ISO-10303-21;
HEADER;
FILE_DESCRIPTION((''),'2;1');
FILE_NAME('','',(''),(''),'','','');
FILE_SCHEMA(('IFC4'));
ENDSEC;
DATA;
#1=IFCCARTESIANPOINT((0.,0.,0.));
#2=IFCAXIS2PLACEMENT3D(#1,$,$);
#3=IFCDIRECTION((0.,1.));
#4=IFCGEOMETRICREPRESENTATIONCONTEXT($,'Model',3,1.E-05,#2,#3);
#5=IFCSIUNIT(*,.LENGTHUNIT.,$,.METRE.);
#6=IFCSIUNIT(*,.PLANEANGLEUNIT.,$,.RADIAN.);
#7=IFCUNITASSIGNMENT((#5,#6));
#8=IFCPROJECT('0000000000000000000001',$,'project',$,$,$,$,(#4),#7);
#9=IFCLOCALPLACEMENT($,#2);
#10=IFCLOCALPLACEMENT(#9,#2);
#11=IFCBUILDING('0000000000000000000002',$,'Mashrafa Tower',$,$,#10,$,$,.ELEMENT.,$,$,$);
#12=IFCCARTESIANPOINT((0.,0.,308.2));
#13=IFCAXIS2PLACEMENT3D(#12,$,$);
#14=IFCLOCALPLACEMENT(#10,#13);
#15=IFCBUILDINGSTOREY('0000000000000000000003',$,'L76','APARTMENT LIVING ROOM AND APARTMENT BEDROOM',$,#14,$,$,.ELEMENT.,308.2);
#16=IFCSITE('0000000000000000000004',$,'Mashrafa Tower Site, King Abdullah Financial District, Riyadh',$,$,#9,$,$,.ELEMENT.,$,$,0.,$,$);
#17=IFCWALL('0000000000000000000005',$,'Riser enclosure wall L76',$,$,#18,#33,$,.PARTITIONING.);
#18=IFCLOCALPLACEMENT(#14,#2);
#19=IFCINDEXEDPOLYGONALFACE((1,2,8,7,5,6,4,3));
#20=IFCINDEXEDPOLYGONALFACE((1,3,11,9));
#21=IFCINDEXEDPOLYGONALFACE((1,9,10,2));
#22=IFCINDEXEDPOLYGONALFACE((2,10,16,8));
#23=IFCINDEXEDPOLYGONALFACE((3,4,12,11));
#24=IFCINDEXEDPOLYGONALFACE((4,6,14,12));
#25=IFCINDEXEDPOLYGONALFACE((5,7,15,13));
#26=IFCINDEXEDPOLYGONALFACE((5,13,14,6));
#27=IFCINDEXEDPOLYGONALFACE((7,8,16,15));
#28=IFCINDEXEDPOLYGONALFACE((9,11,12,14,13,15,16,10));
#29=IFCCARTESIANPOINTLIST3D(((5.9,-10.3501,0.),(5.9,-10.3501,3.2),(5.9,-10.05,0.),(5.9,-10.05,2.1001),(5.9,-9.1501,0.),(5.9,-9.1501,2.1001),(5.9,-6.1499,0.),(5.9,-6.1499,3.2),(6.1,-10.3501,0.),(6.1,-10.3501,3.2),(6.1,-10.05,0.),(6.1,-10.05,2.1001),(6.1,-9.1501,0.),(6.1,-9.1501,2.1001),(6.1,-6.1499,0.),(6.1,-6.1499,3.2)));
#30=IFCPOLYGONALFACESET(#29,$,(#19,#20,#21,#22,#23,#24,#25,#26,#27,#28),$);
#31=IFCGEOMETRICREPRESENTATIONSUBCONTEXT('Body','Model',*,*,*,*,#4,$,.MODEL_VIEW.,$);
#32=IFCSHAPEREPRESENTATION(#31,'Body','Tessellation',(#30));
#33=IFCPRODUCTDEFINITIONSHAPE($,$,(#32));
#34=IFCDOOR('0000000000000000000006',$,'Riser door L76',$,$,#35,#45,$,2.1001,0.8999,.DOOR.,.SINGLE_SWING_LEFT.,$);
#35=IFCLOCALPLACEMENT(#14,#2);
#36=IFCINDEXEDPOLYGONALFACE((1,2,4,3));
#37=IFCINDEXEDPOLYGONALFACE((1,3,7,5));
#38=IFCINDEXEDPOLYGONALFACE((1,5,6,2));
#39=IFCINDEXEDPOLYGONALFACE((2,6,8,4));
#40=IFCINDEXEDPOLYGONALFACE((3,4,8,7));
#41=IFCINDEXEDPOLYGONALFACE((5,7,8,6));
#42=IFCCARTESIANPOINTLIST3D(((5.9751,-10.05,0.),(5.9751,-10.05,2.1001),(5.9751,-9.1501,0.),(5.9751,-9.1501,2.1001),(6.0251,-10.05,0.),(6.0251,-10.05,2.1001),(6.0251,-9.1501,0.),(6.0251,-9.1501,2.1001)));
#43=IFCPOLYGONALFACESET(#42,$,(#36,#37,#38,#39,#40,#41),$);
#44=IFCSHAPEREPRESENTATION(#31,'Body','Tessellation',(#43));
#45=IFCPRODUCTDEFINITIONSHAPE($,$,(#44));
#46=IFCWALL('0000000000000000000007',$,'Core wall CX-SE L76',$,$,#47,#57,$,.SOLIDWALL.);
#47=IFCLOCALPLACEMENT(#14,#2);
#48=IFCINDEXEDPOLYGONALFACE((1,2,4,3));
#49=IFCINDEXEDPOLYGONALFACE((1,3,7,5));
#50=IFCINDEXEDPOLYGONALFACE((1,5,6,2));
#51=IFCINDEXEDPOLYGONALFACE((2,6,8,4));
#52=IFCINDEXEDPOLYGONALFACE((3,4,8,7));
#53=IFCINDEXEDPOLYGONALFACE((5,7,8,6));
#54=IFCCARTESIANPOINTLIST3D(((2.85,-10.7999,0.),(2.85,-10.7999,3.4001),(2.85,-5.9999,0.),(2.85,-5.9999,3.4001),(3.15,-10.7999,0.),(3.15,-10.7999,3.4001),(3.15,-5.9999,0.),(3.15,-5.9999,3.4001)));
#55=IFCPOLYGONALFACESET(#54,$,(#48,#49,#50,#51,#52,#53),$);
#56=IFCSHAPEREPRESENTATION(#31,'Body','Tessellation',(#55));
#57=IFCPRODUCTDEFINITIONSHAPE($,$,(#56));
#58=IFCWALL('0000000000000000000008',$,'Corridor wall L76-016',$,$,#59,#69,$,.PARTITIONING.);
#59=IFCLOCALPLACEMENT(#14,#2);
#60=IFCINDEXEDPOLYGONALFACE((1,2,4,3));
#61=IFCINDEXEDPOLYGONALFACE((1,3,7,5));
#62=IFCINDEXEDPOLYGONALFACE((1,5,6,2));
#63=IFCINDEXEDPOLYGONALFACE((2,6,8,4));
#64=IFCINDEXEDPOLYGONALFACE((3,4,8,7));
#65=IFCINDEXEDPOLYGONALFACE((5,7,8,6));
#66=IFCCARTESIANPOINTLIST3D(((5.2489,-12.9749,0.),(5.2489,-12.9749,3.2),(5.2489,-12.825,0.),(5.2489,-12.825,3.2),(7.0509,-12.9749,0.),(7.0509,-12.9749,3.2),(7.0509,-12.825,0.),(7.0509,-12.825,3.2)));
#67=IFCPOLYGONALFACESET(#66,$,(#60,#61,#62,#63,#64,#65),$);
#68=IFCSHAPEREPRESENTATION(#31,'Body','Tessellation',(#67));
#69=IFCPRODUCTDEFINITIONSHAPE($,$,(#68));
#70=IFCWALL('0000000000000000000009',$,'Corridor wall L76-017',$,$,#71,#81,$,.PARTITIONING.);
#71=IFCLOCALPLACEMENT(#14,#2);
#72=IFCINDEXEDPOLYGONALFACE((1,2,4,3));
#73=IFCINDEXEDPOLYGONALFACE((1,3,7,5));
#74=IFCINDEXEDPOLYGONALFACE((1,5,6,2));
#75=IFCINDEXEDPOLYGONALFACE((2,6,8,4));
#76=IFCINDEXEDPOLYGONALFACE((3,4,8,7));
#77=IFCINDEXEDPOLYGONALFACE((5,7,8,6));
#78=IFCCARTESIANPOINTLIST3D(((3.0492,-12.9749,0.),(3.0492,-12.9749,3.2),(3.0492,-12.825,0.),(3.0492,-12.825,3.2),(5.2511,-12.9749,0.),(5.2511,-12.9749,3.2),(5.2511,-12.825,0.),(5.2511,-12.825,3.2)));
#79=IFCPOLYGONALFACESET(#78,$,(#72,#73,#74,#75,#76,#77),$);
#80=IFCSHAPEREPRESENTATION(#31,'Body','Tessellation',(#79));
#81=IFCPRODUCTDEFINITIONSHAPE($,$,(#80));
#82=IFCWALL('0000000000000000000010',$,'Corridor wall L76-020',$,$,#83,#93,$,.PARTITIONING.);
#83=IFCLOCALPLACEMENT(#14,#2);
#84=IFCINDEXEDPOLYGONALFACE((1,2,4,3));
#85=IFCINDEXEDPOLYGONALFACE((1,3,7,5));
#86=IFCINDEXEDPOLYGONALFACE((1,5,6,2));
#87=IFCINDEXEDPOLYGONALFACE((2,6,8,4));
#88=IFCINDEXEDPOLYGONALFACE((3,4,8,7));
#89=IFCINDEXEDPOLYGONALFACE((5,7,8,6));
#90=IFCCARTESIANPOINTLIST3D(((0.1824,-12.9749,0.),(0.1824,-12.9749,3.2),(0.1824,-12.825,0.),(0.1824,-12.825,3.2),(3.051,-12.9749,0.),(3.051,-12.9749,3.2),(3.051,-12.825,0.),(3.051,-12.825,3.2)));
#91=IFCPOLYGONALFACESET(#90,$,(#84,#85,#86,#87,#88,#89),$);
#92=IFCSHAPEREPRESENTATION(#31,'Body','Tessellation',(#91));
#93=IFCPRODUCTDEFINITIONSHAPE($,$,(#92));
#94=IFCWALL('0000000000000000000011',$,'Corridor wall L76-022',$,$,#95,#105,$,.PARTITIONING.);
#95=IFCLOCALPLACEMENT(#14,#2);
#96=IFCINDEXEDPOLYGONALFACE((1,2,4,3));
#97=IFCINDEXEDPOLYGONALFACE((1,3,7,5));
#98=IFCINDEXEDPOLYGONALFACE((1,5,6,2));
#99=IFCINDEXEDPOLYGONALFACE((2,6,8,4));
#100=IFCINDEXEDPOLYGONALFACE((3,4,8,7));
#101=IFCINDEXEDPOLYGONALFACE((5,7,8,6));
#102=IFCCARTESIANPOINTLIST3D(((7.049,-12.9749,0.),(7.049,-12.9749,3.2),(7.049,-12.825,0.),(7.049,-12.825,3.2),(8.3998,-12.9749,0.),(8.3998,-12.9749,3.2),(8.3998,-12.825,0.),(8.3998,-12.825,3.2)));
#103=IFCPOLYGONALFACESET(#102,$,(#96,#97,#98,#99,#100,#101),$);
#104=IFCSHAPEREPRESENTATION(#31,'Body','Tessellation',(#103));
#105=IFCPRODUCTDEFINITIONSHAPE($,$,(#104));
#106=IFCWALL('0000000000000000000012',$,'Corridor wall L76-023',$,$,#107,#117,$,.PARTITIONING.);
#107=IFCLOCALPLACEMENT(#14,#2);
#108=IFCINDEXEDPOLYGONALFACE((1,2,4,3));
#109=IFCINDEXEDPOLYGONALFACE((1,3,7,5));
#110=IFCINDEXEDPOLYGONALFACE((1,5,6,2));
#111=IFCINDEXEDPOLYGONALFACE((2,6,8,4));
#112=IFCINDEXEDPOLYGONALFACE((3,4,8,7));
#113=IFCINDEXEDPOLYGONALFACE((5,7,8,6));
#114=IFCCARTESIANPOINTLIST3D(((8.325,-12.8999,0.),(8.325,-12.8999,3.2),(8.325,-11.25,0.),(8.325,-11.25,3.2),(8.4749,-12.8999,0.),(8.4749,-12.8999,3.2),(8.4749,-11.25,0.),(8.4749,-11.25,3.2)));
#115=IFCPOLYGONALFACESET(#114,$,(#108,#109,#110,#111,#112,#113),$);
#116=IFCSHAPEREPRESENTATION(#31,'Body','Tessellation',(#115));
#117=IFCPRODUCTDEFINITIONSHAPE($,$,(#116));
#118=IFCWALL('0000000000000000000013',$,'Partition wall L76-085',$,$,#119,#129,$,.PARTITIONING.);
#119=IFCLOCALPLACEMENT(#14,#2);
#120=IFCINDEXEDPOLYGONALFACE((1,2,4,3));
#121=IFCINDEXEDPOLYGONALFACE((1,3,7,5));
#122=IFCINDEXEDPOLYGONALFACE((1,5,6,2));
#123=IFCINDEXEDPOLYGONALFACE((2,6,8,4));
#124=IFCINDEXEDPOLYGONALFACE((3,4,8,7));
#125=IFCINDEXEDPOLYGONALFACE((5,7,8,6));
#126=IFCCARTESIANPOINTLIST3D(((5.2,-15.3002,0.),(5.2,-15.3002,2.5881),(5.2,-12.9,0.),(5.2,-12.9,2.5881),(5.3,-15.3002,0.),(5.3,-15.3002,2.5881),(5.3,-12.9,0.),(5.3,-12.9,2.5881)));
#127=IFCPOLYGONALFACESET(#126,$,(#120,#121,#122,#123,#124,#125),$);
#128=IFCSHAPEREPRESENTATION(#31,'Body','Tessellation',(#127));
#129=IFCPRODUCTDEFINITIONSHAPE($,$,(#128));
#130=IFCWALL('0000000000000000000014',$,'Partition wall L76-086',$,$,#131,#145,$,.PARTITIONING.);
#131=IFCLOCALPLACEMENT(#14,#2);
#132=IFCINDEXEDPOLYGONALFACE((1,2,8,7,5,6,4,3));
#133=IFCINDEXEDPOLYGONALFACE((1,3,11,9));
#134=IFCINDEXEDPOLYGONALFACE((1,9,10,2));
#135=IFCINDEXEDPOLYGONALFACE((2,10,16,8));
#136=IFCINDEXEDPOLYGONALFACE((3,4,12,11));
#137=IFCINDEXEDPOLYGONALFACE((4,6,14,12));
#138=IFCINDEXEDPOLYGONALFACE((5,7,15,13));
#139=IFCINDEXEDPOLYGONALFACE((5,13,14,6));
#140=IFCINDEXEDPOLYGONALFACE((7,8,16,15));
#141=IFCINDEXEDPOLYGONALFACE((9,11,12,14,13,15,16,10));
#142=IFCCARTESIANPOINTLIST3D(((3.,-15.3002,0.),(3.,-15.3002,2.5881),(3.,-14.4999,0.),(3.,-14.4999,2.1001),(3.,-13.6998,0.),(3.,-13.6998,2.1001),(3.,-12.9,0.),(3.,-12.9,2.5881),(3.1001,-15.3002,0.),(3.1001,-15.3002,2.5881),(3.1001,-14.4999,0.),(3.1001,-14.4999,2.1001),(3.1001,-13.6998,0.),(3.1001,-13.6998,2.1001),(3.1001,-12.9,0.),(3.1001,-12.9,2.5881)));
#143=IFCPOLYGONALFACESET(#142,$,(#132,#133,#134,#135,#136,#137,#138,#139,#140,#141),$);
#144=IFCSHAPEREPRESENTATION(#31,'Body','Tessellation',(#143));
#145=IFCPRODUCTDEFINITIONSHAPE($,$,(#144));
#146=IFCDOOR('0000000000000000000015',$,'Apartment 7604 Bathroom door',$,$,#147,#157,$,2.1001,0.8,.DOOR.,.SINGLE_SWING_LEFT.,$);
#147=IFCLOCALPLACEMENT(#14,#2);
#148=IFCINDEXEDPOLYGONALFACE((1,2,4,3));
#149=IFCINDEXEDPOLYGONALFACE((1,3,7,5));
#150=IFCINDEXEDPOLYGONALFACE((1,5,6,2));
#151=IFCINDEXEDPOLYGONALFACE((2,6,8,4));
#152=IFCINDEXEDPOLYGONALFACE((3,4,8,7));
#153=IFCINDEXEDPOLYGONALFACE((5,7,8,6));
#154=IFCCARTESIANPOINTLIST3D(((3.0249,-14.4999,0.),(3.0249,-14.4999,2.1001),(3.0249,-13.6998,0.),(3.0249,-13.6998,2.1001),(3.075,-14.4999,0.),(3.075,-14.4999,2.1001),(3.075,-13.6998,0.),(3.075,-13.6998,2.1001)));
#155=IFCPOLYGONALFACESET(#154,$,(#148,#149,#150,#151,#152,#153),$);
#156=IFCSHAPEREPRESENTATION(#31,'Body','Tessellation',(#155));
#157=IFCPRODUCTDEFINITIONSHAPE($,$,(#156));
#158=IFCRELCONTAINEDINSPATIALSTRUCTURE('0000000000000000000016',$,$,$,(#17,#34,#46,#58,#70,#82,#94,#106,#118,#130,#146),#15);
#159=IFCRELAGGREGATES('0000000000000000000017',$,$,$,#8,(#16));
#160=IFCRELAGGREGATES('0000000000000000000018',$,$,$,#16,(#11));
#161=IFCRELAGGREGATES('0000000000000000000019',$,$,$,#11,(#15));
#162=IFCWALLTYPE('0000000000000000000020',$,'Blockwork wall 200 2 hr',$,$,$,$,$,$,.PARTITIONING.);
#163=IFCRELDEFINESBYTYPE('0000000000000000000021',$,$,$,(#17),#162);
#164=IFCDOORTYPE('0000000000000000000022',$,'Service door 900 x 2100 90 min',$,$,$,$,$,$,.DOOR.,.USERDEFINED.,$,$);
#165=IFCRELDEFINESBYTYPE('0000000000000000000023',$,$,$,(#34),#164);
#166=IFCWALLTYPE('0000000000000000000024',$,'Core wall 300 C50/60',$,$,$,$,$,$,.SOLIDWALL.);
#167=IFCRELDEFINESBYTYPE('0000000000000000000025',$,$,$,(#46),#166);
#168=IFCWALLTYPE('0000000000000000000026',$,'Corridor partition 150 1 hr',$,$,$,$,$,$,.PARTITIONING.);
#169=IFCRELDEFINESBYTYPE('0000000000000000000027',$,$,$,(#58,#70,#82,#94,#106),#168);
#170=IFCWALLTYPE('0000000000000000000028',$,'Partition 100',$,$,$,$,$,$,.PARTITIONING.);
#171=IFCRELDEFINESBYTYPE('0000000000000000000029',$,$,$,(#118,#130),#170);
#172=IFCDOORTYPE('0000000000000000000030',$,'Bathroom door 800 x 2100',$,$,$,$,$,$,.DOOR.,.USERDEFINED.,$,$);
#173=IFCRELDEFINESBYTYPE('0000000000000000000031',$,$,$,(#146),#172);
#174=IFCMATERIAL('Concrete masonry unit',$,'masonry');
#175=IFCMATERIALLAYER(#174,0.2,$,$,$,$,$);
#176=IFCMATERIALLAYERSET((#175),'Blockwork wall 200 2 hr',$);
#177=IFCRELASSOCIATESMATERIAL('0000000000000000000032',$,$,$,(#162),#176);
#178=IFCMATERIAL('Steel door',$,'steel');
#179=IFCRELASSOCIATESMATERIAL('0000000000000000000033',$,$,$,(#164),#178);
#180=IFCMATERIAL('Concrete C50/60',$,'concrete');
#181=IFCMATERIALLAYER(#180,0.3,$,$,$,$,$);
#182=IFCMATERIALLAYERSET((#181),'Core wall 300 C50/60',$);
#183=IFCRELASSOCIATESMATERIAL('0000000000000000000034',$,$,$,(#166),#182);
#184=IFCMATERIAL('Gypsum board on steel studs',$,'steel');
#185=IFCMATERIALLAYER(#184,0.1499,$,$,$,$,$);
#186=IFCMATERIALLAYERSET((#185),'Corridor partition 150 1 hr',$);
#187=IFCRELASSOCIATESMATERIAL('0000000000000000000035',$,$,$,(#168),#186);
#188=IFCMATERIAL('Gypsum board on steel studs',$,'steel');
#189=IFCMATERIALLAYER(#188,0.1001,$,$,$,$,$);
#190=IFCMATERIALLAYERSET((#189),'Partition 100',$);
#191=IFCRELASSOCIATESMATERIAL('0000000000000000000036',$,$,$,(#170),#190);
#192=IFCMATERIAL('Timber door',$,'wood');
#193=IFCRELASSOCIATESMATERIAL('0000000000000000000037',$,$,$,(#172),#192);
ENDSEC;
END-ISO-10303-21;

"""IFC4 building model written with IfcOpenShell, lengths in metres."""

from ifc_helpers import new_model, si_unit, direction, frame, frame_2d, origin, place, context, subcontext, project, spatial, rectangle, extrude, material, layer, layer_set, type_object, element, fill, save


model = new_model("IFC4")

# Units and contexts
model_context = context("Model", 3, precision=1e-05, world=origin(), true_north=direction((0.0, 1.0)))
body_context = subcontext(model_context, "Body", "Model", "MODEL_VIEW")
ifc_project = project(units=[si_unit("LENGTHUNIT", "METRE"), si_unit("PLANEANGLEUNIT", "RADIAN")], contexts=[model_context])

# Site, building, storey
site_placement = place(None, origin())
site = spatial("IfcSite", under=ifc_project, at=site_placement, Name="Mashrafa Tower Site, King Abdullah Financial District, Riyadh", CompositionType="ELEMENT", RefElevation=0.0)
building_placement = place(site_placement, origin())
building = spatial("IfcBuilding", under=site, at=building_placement, Name="Mashrafa Tower", CompositionType="ELEMENT")
storey_placement = place(building_placement, frame((0.0, 0.0, 308.2)))
storey = spatial("IfcBuildingStorey", under=building, at=storey_placement, Name="L76", Description="APARTMENT LIVING ROOM AND APARTMENT BEDROOM", CompositionType="ELEMENT", Elevation=308.2)

# Wall, opening, door
ifc_material_1 = material(Name="Concrete masonry unit", Category="masonry")
ifc_layer_1 = layer(ifc_material_1, 0.2)
ifc_layer_set_1 = layer_set([ifc_layer_1], Name="Blockwork wall 200 2 hr")
wall_type_1 = type_object("IfcWallType", Name="Blockwork wall 200 2 hr", PredefinedType="PARTITIONING", material=ifc_layer_set_1)
wall_1_placement = place(storey_placement, frame((6.0, -10.3501, 0.0), z_axis=(0.0, 0.0, 1.0), x_axis=(0.0, 1.0, 0.0)))
wall_1 = element("IfcWall", 1, at=wall_1_placement, inside=storey, type_object=wall_type_1, Name="Riser enclosure wall L76", PredefinedType="PARTITIONING", context=body_context, shape_type="SweptSolid", body=[
    extrude(rectangle(XDim=4.2002, YDim=0.2, at=frame_2d((2.1001, 0.0))), origin(), (0.0, 0.0, 1.0), 3.2),
])
opening_1_placement = place(wall_1_placement, frame((0.3, 0.0, 0.0)))
opening_1 = element("IfcOpeningElement", 2, at=opening_1_placement, cuts=wall_1, PredefinedType="OPENING", context=body_context, shape_type="SweptSolid", body=[
    extrude(rectangle(XDim=0.8999, YDim=2.1001, at=frame_2d((0.45, 1.05))), frame((0.0, 0.1099, 0.0), z_axis=(0.0, -1.0, 0.0), x_axis=(1.0, 0.0, 0.0)), (0.0, 0.0, 1.0), 0.22),
])
ifc_material_2 = material(Name="Steel door", Category="steel")
door_type_1 = type_object("IfcDoorType", Name="Service door 900 x 2100 90 min", OperationType="USERDEFINED", PredefinedType="DOOR", material=ifc_material_2)
door_1_placement = place(opening_1_placement, origin())
door_1 = element("IfcDoor", 3, at=door_1_placement, inside=storey, type_object=door_type_1, Name="Riser door L76", OperationType="SINGLE_SWING_LEFT", OverallHeight=2.1001, OverallWidth=0.8999, PredefinedType="DOOR", context=body_context, shape_type="SweptSolid", body=[
    extrude(rectangle(XDim=0.8999, YDim=2.1001, at=frame_2d((0.45, 1.05))), frame((0.0, 0.0249, 0.0), z_axis=(0.0, -1.0, 0.0), x_axis=(1.0, 0.0, 0.0)), (0.0, 0.0, 1.0), 0.05),
])
fill(opening_1, door_1)

# Walls
ifc_material_3 = material(Name="Concrete C50/60", Category="concrete")
ifc_layer_2 = layer(ifc_material_3, 0.3)
ifc_layer_set_2 = layer_set([ifc_layer_2], Name="Core wall 300 C50/60")
wall_type_2 = type_object("IfcWallType", Name="Core wall 300 C50/60", PredefinedType="SOLIDWALL", material=ifc_layer_set_2)
wall_2_placement = place(storey_placement, frame((3.0, -6.0, 0.0), z_axis=(0.0, 0.0, 1.0), x_axis=(0.0, -1.0, 0.0)))
element("IfcWall", 4, at=wall_2_placement, inside=storey, type_object=wall_type_2, Name="Core wall CX-SE L76", PredefinedType="SOLIDWALL", context=body_context, shape_type="SweptSolid", body=[
    extrude(rectangle(XDim=4.8, YDim=0.3, at=frame_2d((2.3999, 0.0))), origin(), (0.0, 0.0, 1.0), 3.4001),
])
ifc_material_4 = material(Name="Gypsum board on steel studs", Category="steel")
ifc_layer_3 = layer(ifc_material_4, 0.1499)
ifc_layer_set_3 = layer_set([ifc_layer_3], Name="Corridor partition 150 1 hr")
wall_type_3 = type_object("IfcWallType", Name="Corridor partition 150 1 hr", PredefinedType="PARTITIONING", material=ifc_layer_set_3)
wall_3_placement = place(storey_placement, frame((5.249, -12.8999, 0.0), z_axis=(0.0, 0.0, 1.0), x_axis=(1.0, 0.0, 0.0)))
element("IfcWall", 5, at=wall_3_placement, inside=storey, type_object=wall_type_3, Name="Corridor wall L76-016", PredefinedType="PARTITIONING", context=body_context, shape_type="SweptSolid", body=[
    extrude(rectangle(XDim=1.802, YDim=0.1499, at=frame_2d((0.9009, 0.0))), origin(), (0.0, 0.0, 1.0), 3.2),
])
wall_4_placement = place(storey_placement, frame((3.0491, -12.8999, 0.0), z_axis=(0.0, 0.0, 1.0), x_axis=(1.0, 0.0, 0.0)))
element("IfcWall", 6, at=wall_4_placement, inside=storey, type_object=wall_type_3, Name="Corridor wall L76-017", PredefinedType="PARTITIONING", context=body_context, shape_type="SweptSolid", body=[
    extrude(rectangle(XDim=2.2019, YDim=0.1499, at=frame_2d((1.1011, 0.0))), origin(), (0.0, 0.0, 1.0), 3.2),
])
wall_5_placement = place(storey_placement, frame((0.1824, -12.8999, 0.0), z_axis=(0.0, 0.0, 1.0), x_axis=(1.0, 0.0, 0.0)))
element("IfcWall", 7, at=wall_5_placement, inside=storey, type_object=wall_type_3, Name="Corridor wall L76-020", PredefinedType="PARTITIONING", context=body_context, shape_type="SweptSolid", body=[
    extrude(rectangle(XDim=2.8687, YDim=0.1499, at=frame_2d((1.4343, 0.0))), origin(), (0.0, 0.0, 1.0), 3.2),
])
wall_6_placement = place(storey_placement, frame((7.0491, -12.8999, 0.0), z_axis=(0.0, 0.0, 1.0), x_axis=(1.0, 0.0, 0.0)))
element("IfcWall", 8, at=wall_6_placement, inside=storey, type_object=wall_type_3, Name="Corridor wall L76-022", PredefinedType="PARTITIONING", context=body_context, shape_type="SweptSolid", body=[
    extrude(rectangle(XDim=1.3508, YDim=0.1499, at=frame_2d((0.6753, 0.0))), origin(), (0.0, 0.0, 1.0), 3.2),
])
wall_7_placement = place(storey_placement, frame((8.3999, -12.8999, 0.0), z_axis=(0.0, 0.0, 1.0), x_axis=(0.0, 1.0, 0.0)))
element("IfcWall", 9, at=wall_7_placement, inside=storey, type_object=wall_type_3, Name="Corridor wall L76-023", PredefinedType="PARTITIONING", context=body_context, shape_type="SweptSolid", body=[
    extrude(rectangle(XDim=1.6499, YDim=0.1499, at=frame_2d((0.825, 0.0))), origin(), (0.0, 0.0, 1.0), 3.2),
])
ifc_material_5 = material(Name="Gypsum board on steel studs", Category="steel")
ifc_layer_4 = layer(ifc_material_5, 0.1001)
ifc_layer_set_4 = layer_set([ifc_layer_4], Name="Partition 100")
wall_type_4 = type_object("IfcWallType", Name="Partition 100", PredefinedType="PARTITIONING", material=ifc_layer_set_4)
wall_8_placement = place(storey_placement, frame((5.25, -12.8999, 0.0), z_axis=(0.0, 0.0, 1.0), x_axis=(0.0, -1.0, 0.0)))
element("IfcWall", 10, at=wall_8_placement, inside=storey, type_object=wall_type_4, Name="Partition wall L76-085", PredefinedType="PARTITIONING", context=body_context, shape_type="SweptSolid", body=[
    extrude(rectangle(XDim=2.4001, YDim=0.1001, at=frame_2d((1.2002, 0.0))), origin(), (0.0, 0.0, 1.0), 2.5881),
])

# Wall, opening, door
wall_9_placement = place(storey_placement, frame((3.05, -12.8999, 0.0), z_axis=(0.0, 0.0, 1.0), x_axis=(0.0, -1.0, 0.0)))
wall_9 = element("IfcWall", 11, at=wall_9_placement, inside=storey, type_object=wall_type_4, Name="Partition wall L76-086", PredefinedType="PARTITIONING", context=body_context, shape_type="SweptSolid", body=[
    extrude(rectangle(XDim=2.4001, YDim=0.1001, at=frame_2d((1.2002, 0.0))), origin(), (0.0, 0.0, 1.0), 2.5881),
])
opening_2_placement = place(wall_9_placement, frame((0.8, 0.0, 0.0)))
opening_2 = element("IfcOpeningElement", 12, at=opening_2_placement, cuts=wall_9, PredefinedType="OPENING", context=body_context, shape_type="SweptSolid", body=[
    extrude(rectangle(XDim=0.8, YDim=2.1001, at=frame_2d((0.3999, 1.05))), frame((0.0, 0.0601, 0.0), z_axis=(0.0, -1.0, 0.0), x_axis=(1.0, 0.0, 0.0)), (0.0, 0.0, 1.0), 0.1201),
])
ifc_material_6 = material(Name="Timber door", Category="wood")
door_type_2 = type_object("IfcDoorType", Name="Bathroom door 800 x 2100", OperationType="USERDEFINED", PredefinedType="DOOR", material=ifc_material_6)
door_2_placement = place(opening_2_placement, origin())
door_2 = element("IfcDoor", 13, at=door_2_placement, inside=storey, type_object=door_type_2, Name="Apartment 7604 Bathroom door", OperationType="SINGLE_SWING_LEFT", OverallHeight=2.1001, OverallWidth=0.8, PredefinedType="DOOR", context=body_context, shape_type="SweptSolid", body=[
    extrude(rectangle(XDim=0.8, YDim=2.1001, at=frame_2d((0.3999, 1.05))), frame((0.0, 0.0249, 0.0), z_axis=(0.0, -1.0, 0.0), x_axis=(1.0, 0.0, 0.0)), (0.0, 0.0, 1.0), 0.05),
])
fill(opening_2, door_2)

save(model, "model.ifc")
